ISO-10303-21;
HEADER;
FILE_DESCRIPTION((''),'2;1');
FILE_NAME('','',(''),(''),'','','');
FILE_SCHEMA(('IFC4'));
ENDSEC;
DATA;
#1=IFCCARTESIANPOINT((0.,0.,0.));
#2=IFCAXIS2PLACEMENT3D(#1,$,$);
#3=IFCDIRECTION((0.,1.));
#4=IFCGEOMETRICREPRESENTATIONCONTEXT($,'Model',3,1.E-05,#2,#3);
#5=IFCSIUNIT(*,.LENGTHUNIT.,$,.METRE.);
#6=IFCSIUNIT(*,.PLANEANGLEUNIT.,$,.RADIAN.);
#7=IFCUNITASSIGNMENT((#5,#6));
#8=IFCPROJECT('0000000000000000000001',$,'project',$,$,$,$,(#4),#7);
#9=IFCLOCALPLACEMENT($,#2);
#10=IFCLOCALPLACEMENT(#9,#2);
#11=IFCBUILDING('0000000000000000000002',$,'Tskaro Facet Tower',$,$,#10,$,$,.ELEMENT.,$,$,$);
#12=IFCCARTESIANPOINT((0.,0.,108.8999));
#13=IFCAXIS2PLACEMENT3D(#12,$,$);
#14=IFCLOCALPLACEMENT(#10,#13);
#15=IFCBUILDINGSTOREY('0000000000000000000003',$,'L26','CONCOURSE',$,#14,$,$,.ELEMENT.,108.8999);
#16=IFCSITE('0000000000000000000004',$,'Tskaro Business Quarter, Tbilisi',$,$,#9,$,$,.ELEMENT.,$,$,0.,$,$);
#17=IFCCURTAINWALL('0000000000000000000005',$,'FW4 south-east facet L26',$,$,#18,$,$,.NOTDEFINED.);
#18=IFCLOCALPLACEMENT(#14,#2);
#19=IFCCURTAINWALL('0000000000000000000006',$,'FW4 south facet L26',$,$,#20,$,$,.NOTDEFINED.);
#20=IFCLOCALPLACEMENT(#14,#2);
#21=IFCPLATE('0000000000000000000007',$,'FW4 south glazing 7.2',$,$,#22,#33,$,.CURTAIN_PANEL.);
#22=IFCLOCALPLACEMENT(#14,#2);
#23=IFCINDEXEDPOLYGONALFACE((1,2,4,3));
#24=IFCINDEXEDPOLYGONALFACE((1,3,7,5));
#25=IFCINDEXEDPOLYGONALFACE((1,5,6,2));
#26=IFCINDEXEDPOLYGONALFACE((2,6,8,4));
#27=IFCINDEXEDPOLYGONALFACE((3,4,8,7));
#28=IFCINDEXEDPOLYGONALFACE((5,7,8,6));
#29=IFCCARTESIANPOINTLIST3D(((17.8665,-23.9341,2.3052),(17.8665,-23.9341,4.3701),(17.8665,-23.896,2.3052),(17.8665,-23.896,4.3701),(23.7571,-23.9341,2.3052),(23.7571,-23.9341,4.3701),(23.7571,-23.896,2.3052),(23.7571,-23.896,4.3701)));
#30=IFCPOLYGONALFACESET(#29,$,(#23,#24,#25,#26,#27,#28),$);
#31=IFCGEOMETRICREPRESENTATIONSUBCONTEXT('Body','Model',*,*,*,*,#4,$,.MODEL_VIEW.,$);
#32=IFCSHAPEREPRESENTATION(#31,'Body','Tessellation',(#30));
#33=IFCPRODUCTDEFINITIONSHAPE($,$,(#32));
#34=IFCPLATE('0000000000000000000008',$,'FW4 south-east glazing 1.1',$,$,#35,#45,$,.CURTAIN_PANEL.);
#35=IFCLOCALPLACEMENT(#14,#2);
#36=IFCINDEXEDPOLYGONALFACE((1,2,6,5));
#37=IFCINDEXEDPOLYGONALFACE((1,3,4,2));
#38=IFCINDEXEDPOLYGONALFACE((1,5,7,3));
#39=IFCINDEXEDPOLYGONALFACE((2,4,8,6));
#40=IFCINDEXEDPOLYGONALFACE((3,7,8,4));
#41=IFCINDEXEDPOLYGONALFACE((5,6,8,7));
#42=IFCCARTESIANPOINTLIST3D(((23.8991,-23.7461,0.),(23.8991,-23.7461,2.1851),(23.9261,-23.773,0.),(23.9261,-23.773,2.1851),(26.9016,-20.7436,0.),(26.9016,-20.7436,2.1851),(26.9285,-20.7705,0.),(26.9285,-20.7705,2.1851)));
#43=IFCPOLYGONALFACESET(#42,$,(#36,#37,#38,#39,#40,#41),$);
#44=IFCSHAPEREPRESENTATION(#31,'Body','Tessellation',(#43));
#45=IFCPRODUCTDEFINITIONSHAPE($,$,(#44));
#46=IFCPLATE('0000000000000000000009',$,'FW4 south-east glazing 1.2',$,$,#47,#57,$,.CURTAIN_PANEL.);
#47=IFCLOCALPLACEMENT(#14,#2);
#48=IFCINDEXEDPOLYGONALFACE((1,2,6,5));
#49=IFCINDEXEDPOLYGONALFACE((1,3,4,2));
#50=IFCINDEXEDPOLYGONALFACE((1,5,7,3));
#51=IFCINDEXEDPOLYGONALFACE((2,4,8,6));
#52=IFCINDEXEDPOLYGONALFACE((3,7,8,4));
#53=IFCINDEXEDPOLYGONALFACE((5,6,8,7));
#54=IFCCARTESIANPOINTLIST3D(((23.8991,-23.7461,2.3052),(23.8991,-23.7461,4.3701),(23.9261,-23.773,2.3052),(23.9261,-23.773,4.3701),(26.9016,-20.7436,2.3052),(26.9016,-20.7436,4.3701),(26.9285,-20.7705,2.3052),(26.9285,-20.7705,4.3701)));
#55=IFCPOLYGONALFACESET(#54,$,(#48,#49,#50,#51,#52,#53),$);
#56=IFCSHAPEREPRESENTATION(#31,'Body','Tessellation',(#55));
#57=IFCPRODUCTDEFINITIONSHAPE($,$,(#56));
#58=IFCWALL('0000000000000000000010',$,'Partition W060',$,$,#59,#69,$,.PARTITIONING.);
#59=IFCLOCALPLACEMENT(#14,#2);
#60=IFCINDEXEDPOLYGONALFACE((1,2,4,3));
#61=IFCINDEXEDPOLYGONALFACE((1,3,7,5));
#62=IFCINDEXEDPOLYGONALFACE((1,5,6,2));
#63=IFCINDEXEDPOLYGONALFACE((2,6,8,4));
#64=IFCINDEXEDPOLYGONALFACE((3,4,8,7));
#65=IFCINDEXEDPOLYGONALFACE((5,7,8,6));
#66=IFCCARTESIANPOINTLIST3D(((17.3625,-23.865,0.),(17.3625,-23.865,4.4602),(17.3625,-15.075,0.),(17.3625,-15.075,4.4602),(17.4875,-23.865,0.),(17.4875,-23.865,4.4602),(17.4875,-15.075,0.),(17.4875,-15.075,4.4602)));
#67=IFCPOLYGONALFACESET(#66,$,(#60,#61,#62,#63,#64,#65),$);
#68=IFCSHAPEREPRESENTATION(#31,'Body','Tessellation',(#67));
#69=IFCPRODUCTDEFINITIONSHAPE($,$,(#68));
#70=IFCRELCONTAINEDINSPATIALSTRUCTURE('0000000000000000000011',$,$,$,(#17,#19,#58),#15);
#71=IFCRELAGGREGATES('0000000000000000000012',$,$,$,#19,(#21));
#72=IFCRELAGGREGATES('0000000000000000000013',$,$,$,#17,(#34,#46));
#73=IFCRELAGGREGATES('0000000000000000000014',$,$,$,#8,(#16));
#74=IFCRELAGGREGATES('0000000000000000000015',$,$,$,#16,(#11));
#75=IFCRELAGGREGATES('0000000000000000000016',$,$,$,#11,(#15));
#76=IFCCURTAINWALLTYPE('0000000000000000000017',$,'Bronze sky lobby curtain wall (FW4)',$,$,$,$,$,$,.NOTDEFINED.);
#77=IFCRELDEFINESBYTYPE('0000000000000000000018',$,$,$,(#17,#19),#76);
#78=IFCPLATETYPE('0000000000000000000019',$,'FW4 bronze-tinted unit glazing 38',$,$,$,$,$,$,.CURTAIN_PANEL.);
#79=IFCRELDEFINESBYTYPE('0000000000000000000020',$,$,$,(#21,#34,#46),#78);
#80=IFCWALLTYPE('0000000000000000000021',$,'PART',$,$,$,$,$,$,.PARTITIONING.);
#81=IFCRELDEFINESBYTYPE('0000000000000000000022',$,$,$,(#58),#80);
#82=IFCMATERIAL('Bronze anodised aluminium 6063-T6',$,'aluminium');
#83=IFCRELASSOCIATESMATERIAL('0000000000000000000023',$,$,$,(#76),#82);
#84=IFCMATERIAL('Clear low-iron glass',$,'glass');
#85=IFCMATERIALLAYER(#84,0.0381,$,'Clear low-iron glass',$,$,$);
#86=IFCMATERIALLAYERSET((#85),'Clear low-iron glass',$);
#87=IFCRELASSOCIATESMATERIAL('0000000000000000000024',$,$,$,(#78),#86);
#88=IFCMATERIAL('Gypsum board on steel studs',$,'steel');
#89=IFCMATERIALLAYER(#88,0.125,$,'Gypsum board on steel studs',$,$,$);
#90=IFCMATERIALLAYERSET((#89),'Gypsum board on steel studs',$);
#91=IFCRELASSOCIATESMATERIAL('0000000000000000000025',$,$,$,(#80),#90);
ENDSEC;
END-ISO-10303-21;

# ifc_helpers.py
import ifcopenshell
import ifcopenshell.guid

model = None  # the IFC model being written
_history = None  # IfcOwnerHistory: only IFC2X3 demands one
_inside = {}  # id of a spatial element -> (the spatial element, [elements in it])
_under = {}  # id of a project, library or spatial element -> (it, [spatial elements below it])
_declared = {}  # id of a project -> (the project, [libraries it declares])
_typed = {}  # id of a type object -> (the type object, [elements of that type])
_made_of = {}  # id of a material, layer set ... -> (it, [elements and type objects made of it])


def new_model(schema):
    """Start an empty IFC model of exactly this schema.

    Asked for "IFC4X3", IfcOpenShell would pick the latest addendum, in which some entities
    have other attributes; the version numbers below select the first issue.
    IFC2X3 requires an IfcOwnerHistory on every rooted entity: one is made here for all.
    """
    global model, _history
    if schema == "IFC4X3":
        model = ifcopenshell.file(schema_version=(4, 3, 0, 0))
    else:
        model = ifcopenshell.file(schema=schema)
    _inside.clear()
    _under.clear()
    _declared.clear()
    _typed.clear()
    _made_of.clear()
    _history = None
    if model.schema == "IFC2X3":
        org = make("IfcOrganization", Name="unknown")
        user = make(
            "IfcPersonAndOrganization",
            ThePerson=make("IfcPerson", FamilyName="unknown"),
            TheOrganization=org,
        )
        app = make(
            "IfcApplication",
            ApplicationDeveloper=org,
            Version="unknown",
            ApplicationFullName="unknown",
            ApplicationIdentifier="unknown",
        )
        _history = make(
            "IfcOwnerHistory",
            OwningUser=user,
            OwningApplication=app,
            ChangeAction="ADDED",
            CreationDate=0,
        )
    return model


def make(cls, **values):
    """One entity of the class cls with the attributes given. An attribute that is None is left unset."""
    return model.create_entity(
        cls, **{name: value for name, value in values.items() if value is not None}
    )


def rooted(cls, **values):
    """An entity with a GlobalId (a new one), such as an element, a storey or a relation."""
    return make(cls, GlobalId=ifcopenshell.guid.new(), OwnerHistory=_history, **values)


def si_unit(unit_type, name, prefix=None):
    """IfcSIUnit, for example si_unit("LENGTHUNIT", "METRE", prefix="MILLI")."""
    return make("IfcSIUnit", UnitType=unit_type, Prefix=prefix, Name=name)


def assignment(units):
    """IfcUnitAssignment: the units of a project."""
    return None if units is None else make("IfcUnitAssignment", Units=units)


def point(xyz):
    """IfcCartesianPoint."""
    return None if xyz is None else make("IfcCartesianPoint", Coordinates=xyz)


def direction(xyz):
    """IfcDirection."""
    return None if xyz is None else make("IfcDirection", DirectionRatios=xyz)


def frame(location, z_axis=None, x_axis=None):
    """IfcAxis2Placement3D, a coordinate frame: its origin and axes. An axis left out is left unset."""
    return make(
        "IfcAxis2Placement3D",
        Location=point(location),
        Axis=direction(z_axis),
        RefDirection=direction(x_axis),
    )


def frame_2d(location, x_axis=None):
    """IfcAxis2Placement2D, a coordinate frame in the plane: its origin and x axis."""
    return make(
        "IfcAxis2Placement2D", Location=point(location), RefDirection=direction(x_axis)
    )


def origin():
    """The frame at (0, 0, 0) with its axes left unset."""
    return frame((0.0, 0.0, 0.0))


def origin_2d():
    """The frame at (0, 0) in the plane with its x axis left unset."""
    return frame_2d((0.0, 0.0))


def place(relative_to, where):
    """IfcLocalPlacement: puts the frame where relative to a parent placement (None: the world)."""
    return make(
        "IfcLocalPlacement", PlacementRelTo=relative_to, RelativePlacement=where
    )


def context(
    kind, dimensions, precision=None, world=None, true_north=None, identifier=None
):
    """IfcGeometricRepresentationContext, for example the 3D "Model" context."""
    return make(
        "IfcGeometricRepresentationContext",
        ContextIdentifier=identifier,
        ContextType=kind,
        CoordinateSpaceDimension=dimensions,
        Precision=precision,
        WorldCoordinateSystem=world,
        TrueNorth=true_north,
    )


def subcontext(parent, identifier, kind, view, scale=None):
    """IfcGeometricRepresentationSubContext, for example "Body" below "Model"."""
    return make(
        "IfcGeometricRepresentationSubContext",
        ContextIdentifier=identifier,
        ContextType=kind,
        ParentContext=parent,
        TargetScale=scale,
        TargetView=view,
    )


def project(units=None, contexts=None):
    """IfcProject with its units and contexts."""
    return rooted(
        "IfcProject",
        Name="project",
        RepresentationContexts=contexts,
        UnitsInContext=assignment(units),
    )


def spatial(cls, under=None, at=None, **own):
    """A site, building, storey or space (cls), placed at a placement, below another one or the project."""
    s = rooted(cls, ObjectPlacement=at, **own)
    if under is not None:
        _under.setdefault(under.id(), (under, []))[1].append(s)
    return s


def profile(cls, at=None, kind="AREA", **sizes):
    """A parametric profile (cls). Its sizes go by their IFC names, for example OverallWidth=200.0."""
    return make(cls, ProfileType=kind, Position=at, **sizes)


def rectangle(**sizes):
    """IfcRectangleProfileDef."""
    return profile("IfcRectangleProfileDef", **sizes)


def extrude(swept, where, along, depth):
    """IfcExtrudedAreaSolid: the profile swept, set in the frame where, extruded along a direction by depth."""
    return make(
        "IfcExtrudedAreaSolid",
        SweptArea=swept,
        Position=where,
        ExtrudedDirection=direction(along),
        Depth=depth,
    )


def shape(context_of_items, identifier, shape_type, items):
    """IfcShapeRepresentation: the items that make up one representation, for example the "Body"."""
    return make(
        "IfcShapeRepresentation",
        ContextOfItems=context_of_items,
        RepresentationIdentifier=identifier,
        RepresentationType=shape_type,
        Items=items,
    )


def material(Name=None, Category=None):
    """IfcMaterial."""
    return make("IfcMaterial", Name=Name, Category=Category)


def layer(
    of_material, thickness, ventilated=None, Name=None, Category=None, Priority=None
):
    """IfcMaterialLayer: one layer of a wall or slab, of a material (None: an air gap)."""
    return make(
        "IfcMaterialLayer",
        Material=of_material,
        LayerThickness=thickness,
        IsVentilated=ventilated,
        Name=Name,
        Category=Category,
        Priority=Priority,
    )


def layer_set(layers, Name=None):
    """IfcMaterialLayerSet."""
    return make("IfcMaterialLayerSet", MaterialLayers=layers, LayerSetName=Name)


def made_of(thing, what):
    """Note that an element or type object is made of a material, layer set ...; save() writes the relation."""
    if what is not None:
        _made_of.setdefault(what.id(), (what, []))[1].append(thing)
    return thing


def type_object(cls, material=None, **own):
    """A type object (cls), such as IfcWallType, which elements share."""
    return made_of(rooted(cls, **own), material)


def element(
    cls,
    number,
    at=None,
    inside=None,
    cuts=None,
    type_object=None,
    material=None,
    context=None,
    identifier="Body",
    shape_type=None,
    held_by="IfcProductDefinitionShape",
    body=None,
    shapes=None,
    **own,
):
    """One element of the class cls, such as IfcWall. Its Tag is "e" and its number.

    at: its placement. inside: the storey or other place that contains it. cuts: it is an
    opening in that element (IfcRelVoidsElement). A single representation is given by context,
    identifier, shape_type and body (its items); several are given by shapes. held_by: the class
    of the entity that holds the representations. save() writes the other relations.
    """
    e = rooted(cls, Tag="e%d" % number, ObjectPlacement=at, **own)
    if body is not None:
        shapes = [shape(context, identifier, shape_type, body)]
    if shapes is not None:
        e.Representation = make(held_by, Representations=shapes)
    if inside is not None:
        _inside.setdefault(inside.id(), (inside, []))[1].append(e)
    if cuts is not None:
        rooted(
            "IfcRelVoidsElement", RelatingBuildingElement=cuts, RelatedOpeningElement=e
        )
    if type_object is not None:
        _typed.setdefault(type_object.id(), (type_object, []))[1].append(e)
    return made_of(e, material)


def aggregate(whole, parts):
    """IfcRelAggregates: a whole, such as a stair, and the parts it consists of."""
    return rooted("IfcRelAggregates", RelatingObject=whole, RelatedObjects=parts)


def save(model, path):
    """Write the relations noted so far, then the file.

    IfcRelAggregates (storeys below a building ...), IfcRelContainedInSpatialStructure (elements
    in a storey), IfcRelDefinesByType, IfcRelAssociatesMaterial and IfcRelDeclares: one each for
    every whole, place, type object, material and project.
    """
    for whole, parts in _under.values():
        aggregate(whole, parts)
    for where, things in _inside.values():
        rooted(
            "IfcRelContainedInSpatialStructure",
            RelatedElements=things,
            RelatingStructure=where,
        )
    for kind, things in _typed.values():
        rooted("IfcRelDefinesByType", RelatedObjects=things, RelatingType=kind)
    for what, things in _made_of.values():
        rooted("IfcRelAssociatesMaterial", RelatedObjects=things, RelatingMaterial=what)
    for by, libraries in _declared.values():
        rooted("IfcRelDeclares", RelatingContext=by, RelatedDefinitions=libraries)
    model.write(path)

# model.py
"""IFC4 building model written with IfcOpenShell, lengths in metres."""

from ifc_helpers import new_model, si_unit, direction, frame, frame_2d, origin, origin_2d, place, context, subcontext, project, spatial, rectangle, extrude, material, layer, layer_set, type_object, element, aggregate, save


model = new_model("IFC4")

# Units and contexts
model_context = context("Model", 3, precision=1e-05, world=origin(), true_north=direction((0.0, 1.0)))
body_context = subcontext(model_context, "Body", "Model", "MODEL_VIEW")
ifc_project = project(units=[si_unit("LENGTHUNIT", "METRE"), si_unit("PLANEANGLEUNIT", "RADIAN")], contexts=[model_context])

# Site, building, storey
site_placement = place(None, origin())
site = spatial("IfcSite", under=ifc_project, at=site_placement, Name="Tskaro Business Quarter, Tbilisi", CompositionType="ELEMENT", RefElevation=0.0)
building_placement = place(site_placement, origin())
building = spatial("IfcBuilding", under=site, at=building_placement, Name="Tskaro Facet Tower", CompositionType="ELEMENT")
storey_placement = place(building_placement, frame((0.0, 0.0, 108.8999)))
storey = spatial("IfcBuildingStorey", under=building, at=storey_placement, Name="L26", Description="CONCOURSE", CompositionType="ELEMENT", Elevation=108.8999)

# Curtain wall
ifc_material_1 = material(Name="Bronze anodised aluminium 6063-T6", Category="aluminium")
curtain_wall_type = type_object("IfcCurtainWallType", Name="Bronze sky lobby curtain wall (FW4)", PredefinedType="NOTDEFINED", material=ifc_material_1)
curtain_wall_1_placement = place(storey_placement, origin())
curtain_wall_1 = element("IfcCurtainWall", 1, at=curtain_wall_1_placement, inside=storey, type_object=curtain_wall_type, Name="FW4 south-east facet L26", PredefinedType="NOTDEFINED")

# Curtain wall
curtain_wall_2_placement = place(storey_placement, origin())
curtain_wall_2 = element("IfcCurtainWall", 2, at=curtain_wall_2_placement, inside=storey, type_object=curtain_wall_type, Name="FW4 south facet L26", PredefinedType="NOTDEFINED")

# Plates
ifc_material_2 = material(Name="Clear low-iron glass", Category="glass")
ifc_layer_1 = layer(ifc_material_2, 0.0381, Name="Clear low-iron glass")
ifc_layer_set_1 = layer_set([ifc_layer_1], Name="Clear low-iron glass")
plate_type = type_object("IfcPlateType", Name="FW4 bronze-tinted unit glazing 38", PredefinedType="CURTAIN_PANEL", material=ifc_layer_set_1)
plate_1_placement = place(storey_placement, frame((20.8118, -23.915, 2.3052), z_axis=(0.0, 0.0, 1.0), x_axis=(1.0, 0.0, 0.0)))
plate_1 = element("IfcPlate", 3, at=plate_1_placement, type_object=plate_type, Name="FW4 south glazing 7.2", PredefinedType="CURTAIN_PANEL", context=body_context, shape_type="SweptSolid", body=[
    extrude(rectangle(XDim=5.8906, YDim=0.0381, at=origin_2d()), origin(), (0.0, 0.0, 1.0), 2.0649),
])
aggregate(curtain_wall_2, [plate_1])
plate_2_placement = place(storey_placement, frame((25.4138, -22.2583, 0.0), z_axis=(0.0, 0.0, 1.0), x_axis=(0.707107, 0.707107, 0.0)))
plate_2 = element("IfcPlate", 4, at=plate_2_placement, type_object=plate_type, Name="FW4 south-east glazing 1.1", PredefinedType="CURTAIN_PANEL", context=body_context, shape_type="SweptSolid", body=[
    extrude(rectangle(XDim=4.2461, YDim=0.0381, at=origin_2d()), origin(), (0.0, 0.0, 1.0), 2.1851),
])
plate_3_placement = place(storey_placement, frame((25.4138, -22.2583, 2.3052), z_axis=(0.0, 0.0, 1.0), x_axis=(0.707107, 0.707107, 0.0)))
plate_3 = element("IfcPlate", 5, at=plate_3_placement, type_object=plate_type, Name="FW4 south-east glazing 1.2", PredefinedType="CURTAIN_PANEL", context=body_context, shape_type="SweptSolid", body=[
    extrude(rectangle(XDim=4.2461, YDim=0.0381, at=origin_2d()), origin(), (0.0, 0.0, 1.0), 2.0649),
])
aggregate(curtain_wall_1, [plate_2, plate_3])

# Wall
ifc_material_3 = material(Name="Gypsum board on steel studs", Category="steel")
ifc_layer_2 = layer(ifc_material_3, 0.125, Name="Gypsum board on steel studs")
ifc_layer_set_2 = layer_set([ifc_layer_2], Name="Gypsum board on steel studs")
wall_type = type_object("IfcWallType", Name="PART", PredefinedType="PARTITIONING", material=ifc_layer_set_2)
wall_placement = place(storey_placement, frame((17.425, -23.865, 0.0), z_axis=(0.0, 0.0, 1.0), x_axis=(0.0, 1.0, 0.0)))
element("IfcWall", 6, at=wall_placement, inside=storey, type_object=wall_type, Name="Partition W060", PredefinedType="PARTITIONING", context=body_context, shape_type="SweptSolid", body=[
    extrude(rectangle(XDim=8.79, YDim=0.125, at=frame_2d((4.395, 0.0))), origin(), (0.0, 0.0, 1.0), 4.4602),
])

save(model, "model.ifc")
